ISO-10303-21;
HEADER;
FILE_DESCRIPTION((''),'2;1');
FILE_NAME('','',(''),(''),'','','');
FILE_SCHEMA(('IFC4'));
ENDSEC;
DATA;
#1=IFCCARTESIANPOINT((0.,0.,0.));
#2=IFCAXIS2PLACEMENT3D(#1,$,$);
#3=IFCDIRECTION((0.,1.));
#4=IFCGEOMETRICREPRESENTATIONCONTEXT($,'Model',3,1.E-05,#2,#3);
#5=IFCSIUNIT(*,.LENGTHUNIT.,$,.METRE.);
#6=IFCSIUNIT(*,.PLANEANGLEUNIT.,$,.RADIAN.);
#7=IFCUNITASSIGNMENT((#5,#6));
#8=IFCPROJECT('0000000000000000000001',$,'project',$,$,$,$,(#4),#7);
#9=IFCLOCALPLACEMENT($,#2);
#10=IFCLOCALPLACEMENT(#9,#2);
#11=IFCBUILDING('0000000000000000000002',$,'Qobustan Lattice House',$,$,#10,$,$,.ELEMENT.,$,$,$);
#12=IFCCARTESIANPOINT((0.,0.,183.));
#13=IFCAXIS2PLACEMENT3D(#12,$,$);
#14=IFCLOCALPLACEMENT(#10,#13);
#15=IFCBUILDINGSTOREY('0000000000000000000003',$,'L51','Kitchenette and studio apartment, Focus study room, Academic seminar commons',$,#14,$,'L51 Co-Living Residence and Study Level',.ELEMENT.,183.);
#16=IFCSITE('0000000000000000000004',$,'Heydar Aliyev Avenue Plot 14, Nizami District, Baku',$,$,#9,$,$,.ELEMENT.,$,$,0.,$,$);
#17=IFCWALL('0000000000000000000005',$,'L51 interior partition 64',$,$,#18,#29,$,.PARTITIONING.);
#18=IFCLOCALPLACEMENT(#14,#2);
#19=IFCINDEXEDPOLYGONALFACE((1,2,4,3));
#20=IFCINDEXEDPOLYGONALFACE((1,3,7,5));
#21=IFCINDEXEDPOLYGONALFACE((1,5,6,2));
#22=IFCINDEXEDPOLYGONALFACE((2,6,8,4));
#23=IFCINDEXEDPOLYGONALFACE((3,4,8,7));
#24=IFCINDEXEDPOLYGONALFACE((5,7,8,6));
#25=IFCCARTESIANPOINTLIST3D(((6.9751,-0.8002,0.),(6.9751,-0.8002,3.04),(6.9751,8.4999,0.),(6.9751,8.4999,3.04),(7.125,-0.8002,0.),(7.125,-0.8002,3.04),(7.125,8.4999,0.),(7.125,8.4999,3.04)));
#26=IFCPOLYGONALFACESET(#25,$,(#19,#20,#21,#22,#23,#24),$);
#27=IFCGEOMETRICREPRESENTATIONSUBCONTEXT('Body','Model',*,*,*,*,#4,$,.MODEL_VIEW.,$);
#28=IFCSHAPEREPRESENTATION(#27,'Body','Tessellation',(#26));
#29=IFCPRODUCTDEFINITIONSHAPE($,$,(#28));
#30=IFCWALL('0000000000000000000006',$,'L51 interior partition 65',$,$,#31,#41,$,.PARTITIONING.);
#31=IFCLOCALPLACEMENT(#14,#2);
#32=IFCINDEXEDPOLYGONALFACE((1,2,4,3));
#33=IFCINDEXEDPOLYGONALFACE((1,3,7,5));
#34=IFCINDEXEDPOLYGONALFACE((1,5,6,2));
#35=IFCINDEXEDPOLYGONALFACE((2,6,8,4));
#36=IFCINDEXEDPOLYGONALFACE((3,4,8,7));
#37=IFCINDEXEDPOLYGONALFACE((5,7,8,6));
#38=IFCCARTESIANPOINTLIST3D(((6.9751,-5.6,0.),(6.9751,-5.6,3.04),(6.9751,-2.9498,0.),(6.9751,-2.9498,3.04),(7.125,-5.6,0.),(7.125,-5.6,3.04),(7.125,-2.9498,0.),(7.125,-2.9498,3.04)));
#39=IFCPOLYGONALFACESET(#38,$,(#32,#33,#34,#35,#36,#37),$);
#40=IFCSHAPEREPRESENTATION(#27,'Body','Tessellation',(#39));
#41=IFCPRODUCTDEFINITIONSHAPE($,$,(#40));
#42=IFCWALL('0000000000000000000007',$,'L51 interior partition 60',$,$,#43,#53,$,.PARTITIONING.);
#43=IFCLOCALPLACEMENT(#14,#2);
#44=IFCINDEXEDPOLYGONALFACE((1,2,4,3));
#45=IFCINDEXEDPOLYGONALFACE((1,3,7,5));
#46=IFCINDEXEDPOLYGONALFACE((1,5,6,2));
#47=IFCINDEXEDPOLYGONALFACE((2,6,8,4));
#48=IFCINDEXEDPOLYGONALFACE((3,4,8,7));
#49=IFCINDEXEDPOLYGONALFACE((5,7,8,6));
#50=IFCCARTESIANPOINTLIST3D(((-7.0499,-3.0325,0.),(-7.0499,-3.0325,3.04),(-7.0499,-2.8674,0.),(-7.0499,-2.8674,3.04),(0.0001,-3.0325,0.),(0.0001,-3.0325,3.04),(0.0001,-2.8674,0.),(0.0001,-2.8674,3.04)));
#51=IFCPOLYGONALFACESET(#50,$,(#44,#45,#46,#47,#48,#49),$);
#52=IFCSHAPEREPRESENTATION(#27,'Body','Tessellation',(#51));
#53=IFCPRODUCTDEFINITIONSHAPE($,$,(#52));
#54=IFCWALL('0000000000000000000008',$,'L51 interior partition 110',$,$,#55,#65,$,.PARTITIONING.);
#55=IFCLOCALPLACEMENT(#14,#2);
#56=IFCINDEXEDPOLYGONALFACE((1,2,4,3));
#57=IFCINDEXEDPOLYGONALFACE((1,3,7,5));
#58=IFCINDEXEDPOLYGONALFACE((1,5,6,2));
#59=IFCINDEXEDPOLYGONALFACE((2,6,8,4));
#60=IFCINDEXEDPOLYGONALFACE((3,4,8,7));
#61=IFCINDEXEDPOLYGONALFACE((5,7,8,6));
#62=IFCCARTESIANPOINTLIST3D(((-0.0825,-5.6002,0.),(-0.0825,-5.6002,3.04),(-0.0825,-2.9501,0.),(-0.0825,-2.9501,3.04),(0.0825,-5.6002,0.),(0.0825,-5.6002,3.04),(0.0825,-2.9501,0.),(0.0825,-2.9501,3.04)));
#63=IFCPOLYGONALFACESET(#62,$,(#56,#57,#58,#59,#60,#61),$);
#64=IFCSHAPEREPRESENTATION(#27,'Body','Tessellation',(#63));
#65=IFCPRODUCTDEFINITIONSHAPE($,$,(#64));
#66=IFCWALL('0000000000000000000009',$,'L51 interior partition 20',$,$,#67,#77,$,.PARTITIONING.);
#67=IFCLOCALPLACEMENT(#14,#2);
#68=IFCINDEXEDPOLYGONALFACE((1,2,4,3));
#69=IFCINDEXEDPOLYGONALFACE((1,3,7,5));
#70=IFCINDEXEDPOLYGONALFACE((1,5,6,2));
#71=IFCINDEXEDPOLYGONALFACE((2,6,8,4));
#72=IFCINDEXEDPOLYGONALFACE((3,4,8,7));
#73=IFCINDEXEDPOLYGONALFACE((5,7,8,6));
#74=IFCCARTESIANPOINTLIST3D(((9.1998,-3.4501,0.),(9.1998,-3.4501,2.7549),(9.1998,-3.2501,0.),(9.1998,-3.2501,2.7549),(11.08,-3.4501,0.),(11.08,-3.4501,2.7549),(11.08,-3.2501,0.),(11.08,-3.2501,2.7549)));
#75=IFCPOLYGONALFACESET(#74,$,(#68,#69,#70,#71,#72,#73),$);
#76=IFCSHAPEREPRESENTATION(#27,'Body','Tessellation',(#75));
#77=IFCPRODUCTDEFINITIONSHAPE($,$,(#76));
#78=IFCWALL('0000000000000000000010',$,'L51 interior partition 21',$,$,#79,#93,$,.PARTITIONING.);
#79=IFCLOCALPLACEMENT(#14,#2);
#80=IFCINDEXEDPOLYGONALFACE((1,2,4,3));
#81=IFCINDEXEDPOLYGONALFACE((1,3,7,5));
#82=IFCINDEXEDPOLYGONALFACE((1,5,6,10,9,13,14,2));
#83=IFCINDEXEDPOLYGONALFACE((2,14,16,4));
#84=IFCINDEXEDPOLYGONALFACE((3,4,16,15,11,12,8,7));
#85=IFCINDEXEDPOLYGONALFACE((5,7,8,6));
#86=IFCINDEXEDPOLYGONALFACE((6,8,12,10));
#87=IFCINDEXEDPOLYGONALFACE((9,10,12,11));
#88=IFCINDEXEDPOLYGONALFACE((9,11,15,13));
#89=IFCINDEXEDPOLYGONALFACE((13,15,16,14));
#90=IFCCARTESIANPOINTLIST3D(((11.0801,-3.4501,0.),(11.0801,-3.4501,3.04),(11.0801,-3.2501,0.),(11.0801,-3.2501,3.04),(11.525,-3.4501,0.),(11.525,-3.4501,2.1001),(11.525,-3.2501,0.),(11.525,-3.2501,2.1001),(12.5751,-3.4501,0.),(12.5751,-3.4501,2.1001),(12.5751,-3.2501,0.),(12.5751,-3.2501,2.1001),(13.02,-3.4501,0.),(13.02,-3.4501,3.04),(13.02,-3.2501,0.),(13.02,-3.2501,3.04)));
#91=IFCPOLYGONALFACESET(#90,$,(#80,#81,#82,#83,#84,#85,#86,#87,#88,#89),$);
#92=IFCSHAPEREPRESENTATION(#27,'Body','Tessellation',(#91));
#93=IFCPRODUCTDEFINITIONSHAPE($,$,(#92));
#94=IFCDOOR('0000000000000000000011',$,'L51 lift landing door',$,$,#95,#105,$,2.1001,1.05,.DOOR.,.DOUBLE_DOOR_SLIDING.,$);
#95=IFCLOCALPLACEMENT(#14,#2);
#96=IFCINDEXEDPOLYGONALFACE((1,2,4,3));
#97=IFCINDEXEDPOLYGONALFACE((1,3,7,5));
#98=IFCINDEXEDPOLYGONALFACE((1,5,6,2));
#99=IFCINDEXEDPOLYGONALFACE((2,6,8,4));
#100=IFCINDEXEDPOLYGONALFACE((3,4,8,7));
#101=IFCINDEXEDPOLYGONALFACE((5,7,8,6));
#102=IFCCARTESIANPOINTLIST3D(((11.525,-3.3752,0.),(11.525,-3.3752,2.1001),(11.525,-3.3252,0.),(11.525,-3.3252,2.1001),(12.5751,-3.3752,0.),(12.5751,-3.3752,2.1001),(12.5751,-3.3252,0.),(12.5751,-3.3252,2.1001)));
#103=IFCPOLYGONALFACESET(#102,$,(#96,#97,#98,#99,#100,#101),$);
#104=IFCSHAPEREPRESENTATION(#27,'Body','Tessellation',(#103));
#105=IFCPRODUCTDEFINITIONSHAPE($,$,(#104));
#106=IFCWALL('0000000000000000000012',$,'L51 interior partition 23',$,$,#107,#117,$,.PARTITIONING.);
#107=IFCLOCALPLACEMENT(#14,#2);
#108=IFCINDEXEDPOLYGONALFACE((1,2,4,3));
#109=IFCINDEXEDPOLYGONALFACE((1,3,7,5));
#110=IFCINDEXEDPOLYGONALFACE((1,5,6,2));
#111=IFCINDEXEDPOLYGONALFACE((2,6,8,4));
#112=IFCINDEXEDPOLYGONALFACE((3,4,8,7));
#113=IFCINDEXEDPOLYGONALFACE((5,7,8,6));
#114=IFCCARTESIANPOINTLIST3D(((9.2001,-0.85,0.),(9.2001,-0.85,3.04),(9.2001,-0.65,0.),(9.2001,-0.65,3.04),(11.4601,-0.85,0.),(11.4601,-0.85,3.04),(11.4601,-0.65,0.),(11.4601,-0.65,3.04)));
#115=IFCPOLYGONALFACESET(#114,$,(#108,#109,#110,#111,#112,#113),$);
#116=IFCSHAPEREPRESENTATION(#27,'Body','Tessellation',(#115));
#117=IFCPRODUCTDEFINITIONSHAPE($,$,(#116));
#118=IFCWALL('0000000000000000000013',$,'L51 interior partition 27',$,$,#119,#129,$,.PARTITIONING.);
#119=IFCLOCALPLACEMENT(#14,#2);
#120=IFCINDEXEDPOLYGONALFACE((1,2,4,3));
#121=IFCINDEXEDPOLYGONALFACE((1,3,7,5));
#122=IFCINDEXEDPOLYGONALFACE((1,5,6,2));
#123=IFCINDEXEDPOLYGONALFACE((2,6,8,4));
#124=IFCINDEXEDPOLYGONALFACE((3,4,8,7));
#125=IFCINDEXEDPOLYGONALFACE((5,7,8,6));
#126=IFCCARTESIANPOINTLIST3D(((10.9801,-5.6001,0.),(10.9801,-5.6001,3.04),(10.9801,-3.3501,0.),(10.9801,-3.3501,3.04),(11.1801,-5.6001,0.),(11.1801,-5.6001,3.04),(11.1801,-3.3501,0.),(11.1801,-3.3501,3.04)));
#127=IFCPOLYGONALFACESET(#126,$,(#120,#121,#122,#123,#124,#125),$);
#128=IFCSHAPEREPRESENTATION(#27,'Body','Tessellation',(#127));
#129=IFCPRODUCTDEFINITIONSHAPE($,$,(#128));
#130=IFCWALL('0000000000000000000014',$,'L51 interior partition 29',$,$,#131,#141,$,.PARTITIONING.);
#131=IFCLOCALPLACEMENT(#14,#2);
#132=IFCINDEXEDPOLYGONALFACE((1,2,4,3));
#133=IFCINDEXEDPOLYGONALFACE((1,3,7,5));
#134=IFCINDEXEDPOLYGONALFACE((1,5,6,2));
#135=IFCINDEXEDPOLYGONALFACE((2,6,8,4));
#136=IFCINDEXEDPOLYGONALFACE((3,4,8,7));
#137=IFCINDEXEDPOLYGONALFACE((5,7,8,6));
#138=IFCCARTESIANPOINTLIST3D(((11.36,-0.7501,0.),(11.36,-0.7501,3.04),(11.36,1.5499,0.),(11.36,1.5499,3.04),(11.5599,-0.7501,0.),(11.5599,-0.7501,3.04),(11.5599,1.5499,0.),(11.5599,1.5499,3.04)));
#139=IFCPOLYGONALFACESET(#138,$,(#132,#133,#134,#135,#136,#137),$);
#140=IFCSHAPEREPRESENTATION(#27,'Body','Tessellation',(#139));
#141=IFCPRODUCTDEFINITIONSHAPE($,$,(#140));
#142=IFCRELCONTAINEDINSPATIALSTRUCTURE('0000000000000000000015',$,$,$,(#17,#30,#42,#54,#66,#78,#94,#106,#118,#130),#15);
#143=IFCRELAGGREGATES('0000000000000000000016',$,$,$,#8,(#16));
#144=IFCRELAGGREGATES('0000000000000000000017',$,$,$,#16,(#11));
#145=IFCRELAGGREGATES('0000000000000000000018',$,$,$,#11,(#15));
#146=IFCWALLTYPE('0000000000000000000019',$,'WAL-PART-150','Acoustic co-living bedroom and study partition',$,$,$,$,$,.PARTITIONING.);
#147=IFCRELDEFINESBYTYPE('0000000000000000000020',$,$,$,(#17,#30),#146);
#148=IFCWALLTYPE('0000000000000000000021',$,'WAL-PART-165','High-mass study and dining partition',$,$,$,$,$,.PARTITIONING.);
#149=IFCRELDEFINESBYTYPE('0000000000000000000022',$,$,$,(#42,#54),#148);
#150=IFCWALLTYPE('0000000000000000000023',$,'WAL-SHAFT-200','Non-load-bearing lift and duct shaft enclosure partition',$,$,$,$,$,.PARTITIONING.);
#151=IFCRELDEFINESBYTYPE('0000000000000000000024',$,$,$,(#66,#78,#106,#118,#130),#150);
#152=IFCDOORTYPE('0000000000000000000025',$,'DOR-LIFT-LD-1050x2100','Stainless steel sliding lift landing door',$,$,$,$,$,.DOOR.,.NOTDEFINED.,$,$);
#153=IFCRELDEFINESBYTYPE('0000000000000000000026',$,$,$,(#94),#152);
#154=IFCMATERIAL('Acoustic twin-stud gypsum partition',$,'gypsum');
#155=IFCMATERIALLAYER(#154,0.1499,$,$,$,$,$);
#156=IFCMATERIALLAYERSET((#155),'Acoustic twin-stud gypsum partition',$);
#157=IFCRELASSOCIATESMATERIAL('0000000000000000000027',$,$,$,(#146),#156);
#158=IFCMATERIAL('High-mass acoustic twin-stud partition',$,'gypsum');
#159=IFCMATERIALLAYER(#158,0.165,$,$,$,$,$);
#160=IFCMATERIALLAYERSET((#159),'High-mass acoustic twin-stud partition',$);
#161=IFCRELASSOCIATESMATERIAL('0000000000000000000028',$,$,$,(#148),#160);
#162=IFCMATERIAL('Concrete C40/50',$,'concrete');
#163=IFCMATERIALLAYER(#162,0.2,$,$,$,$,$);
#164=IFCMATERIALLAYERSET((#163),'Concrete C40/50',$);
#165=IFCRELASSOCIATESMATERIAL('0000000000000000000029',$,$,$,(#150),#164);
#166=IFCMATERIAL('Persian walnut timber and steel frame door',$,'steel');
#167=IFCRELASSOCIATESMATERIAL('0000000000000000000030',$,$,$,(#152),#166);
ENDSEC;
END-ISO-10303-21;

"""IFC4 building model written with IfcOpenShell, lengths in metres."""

from ifc_helpers import new_model, si_unit, direction, frame, frame_2d, origin, place, context, subcontext, project, spatial, rectangle, extrude, material, layer, layer_set, type_object, element, fill, save


model = new_model("IFC4")

# Units and contexts
model_context = context("Model", 3, precision=1e-05, world=origin(), true_north=direction((0.0, 1.0)))
body_context = subcontext(model_context, "Body", "Model", "MODEL_VIEW")
ifc_project = project(units=[si_unit("LENGTHUNIT", "METRE"), si_unit("PLANEANGLEUNIT", "RADIAN")], contexts=[model_context])

# Site, building, storey
site_placement = place(None, origin())
site = spatial("IfcSite", under=ifc_project, at=site_placement, Name="Heydar Aliyev Avenue Plot 14, Nizami District, Baku", CompositionType="ELEMENT", RefElevation=0.0)
building_placement = place(site_placement, origin())
building = spatial("IfcBuilding", under=site, at=building_placement, Name="Qobustan Lattice House", CompositionType="ELEMENT")
storey_placement = place(building_placement, frame((0.0, 0.0, 183.0)))
storey = spatial("IfcBuildingStorey", under=building, at=storey_placement, Name="L51", Description="Kitchenette and studio apartment, Focus study room, Academic seminar commons", LongName="L51 Co-Living Residence and Study Level", CompositionType="ELEMENT", Elevation=183.0)

# Walls
ifc_material_1 = material(Name="Acoustic twin-stud gypsum partition", Category="gypsum")
ifc_layer_1 = layer(ifc_material_1, 0.1499)
ifc_layer_set_1 = layer_set([ifc_layer_1], Name="Acoustic twin-stud gypsum partition")
wall_type_1 = type_object("IfcWallType", Name="WAL-PART-150", Description="Acoustic co-living bedroom and study partition", PredefinedType="PARTITIONING", material=ifc_layer_set_1)
wall_1_placement = place(storey_placement, frame((7.05, -0.8, 0.0), z_axis=(0.0, 0.0, 1.0), x_axis=(0.0, 1.0, 0.0)))
element("IfcWall", 1, at=wall_1_placement, inside=storey, type_object=wall_type_1, Name="L51 interior partition 64", PredefinedType="PARTITIONING", context=body_context, shape_type="SweptSolid", body=[
    extrude(rectangle(XDim=9.3, YDim=0.1499, at=frame_2d((4.6499, 0.0))), origin(), (0.0, 0.0, 1.0), 3.04),
])
wall_2_placement = place(storey_placement, frame((7.05, -5.6001, 0.0), z_axis=(0.0, 0.0, 1.0), x_axis=(0.0, 1.0, 0.0)))
element("IfcWall", 2, at=wall_2_placement, inside=storey, type_object=wall_type_1, Name="L51 interior partition 65", PredefinedType="PARTITIONING", context=body_context, shape_type="SweptSolid", body=[
    extrude(rectangle(XDim=2.6501, YDim=0.1499, at=frame_2d((1.3252, 0.0))), origin(), (0.0, 0.0, 1.0), 3.04),
])
ifc_material_2 = material(Name="High-mass acoustic twin-stud partition", Category="gypsum")
ifc_layer_2 = layer(ifc_material_2, 0.165)
ifc_layer_set_2 = layer_set([ifc_layer_2], Name="High-mass acoustic twin-stud partition")
wall_type_2 = type_object("IfcWallType", Name="WAL-PART-165", Description="High-mass study and dining partition", PredefinedType="PARTITIONING", material=ifc_layer_set_2)
wall_3_placement = place(storey_placement, frame((0.0, -2.95, 0.0), z_axis=(0.0, 0.0, 1.0), x_axis=(-1.0, 0.0, 0.0)))
element("IfcWall", 3, at=wall_3_placement, inside=storey, type_object=wall_type_2, Name="L51 interior partition 60", PredefinedType="PARTITIONING", context=body_context, shape_type="SweptSolid", body=[
    extrude(rectangle(XDim=7.05, YDim=0.165, at=frame_2d((3.5249, 0.0))), origin(), (0.0, 0.0, 1.0), 3.04),
])
wall_4_placement = place(storey_placement, frame((0.0, -2.95, 0.0), z_axis=(0.0, 0.0, 1.0), x_axis=(0.0, -1.0, 0.0)))
element("IfcWall", 4, at=wall_4_placement, inside=storey, type_object=wall_type_2, Name="L51 interior partition 110", PredefinedType="PARTITIONING", context=body_context, shape_type="SweptSolid", body=[
    extrude(rectangle(XDim=2.6501, YDim=0.165, at=frame_2d((1.3252, 0.0))), origin(), (0.0, 0.0, 1.0), 3.04),
])
ifc_material_3 = material(Name="Concrete C40/50", Category="concrete")
ifc_layer_3 = layer(ifc_material_3, 0.2)
ifc_layer_set_3 = layer_set([ifc_layer_3], Name="Concrete C40/50")
wall_type_3 = type_object("IfcWallType", Name="WAL-SHAFT-200", Description="Non-load-bearing lift and duct shaft enclosure partition", PredefinedType="PARTITIONING", material=ifc_layer_set_3)
wall_5_placement = place(storey_placement, frame((9.2, -3.3501, 0.0), z_axis=(0.0, 0.0, 1.0), x_axis=(1.0, 0.0, 0.0)))
element("IfcWall", 5, at=wall_5_placement, inside=storey, type_object=wall_type_3, Name="L51 interior partition 20", PredefinedType="PARTITIONING", context=body_context, shape_type="SweptSolid", body=[
    extrude(rectangle(XDim=1.8801, YDim=0.2, at=frame_2d((0.9399, 0.0))), origin(), (0.0, 0.0, 1.0), 2.7549),
])

# Wall, opening, door
wall_6_placement = place(storey_placement, frame((11.0801, -3.3501, 0.0), z_axis=(0.0, 0.0, 1.0), x_axis=(1.0, 0.0, 0.0)))
wall_6 = element("IfcWall", 6, at=wall_6_placement, inside=storey, type_object=wall_type_3, Name="L51 interior partition 21", PredefinedType="PARTITIONING", context=body_context, shape_type="SweptSolid", body=[
    extrude(rectangle(XDim=1.9399, YDim=0.2, at=frame_2d((0.97, 0.0))), origin(), (0.0, 0.0, 1.0), 3.04),
])
opening_1_placement = place(wall_6_placement, frame((0.4451, 0.0, 0.0)))
opening_1 = element("IfcOpeningElement", 7, at=opening_1_placement, cuts=wall_6, PredefinedType="OPENING", context=body_context, shape_type="SweptSolid", body=[
    extrude(rectangle(XDim=1.05, YDim=2.1001, at=frame_2d((0.5249, 1.05))), frame((0.0, 0.1099, 0.0), z_axis=(0.0, -1.0, 0.0), x_axis=(1.0, 0.0, 0.0)), (0.0, 0.0, 1.0), 0.22),
])
ifc_material_4 = material(Name="Persian walnut timber and steel frame door", Category="steel")
door_type_1 = type_object("IfcDoorType", Name="DOR-LIFT-LD-1050x2100", Description="Stainless steel sliding lift landing door", OperationType="NOTDEFINED", PredefinedType="DOOR", material=ifc_material_4)
door_1_placement = place(opening_1_placement, origin())
door_1 = element("IfcDoor", 8, at=door_1_placement, inside=storey, type_object=door_type_1, Name="L51 lift landing door", OperationType="DOUBLE_DOOR_SLIDING", OverallHeight=2.1001, OverallWidth=1.05, PredefinedType="DOOR", context=body_context, shape_type="SweptSolid", body=[
    extrude(rectangle(XDim=1.05, YDim=2.1001, at=frame_2d((0.5249, 1.05))), frame((0.0, 0.0249, 0.0), z_axis=(0.0, -1.0, 0.0), x_axis=(1.0, 0.0, 0.0)), (0.0, 0.0, 1.0), 0.05),
])
fill(opening_1, door_1)

# Walls
wall_7_placement = place(storey_placement, frame((11.46, -0.75, 0.0), z_axis=(0.0, 0.0, 1.0), x_axis=(-1.0, 0.0, 0.0)))
element("IfcWall", 9, at=wall_7_placement, inside=storey, type_object=wall_type_3, Name="L51 interior partition 23", PredefinedType="PARTITIONING", context=body_context, shape_type="SweptSolid", body=[
    extrude(rectangle(XDim=2.26, YDim=0.2, at=frame_2d((1.1299, 0.0))), origin(), (0.0, 0.0, 1.0), 3.04),
])
wall_8_placement = place(storey_placement, frame((11.0801, -5.6001, 0.0), z_axis=(0.0, 0.0, 1.0), x_axis=(0.0, 1.0, 0.0)))
element("IfcWall", 10, at=wall_8_placement, inside=storey, type_object=wall_type_3, Name="L51 interior partition 27", PredefinedType="PARTITIONING", context=body_context, shape_type="SweptSolid", body=[
    extrude(rectangle(XDim=2.25, YDim=0.2, at=frame_2d((1.125, 0.0))), origin(), (0.0, 0.0, 1.0), 3.04),
])
wall_9_placement = place(storey_placement, frame((11.46, -0.75, 0.0), z_axis=(0.0, 0.0, 1.0), x_axis=(0.0, 1.0, 0.0)))
element("IfcWall", 11, at=wall_9_placement, inside=storey, type_object=wall_type_3, Name="L51 interior partition 29", PredefinedType="PARTITIONING", context=body_context, shape_type="SweptSolid", body=[
    extrude(rectangle(XDim=2.3, YDim=0.2, at=frame_2d((1.1499, 0.0))), origin(), (0.0, 0.0, 1.0), 3.04),
])

save(model, "model.ifc")
